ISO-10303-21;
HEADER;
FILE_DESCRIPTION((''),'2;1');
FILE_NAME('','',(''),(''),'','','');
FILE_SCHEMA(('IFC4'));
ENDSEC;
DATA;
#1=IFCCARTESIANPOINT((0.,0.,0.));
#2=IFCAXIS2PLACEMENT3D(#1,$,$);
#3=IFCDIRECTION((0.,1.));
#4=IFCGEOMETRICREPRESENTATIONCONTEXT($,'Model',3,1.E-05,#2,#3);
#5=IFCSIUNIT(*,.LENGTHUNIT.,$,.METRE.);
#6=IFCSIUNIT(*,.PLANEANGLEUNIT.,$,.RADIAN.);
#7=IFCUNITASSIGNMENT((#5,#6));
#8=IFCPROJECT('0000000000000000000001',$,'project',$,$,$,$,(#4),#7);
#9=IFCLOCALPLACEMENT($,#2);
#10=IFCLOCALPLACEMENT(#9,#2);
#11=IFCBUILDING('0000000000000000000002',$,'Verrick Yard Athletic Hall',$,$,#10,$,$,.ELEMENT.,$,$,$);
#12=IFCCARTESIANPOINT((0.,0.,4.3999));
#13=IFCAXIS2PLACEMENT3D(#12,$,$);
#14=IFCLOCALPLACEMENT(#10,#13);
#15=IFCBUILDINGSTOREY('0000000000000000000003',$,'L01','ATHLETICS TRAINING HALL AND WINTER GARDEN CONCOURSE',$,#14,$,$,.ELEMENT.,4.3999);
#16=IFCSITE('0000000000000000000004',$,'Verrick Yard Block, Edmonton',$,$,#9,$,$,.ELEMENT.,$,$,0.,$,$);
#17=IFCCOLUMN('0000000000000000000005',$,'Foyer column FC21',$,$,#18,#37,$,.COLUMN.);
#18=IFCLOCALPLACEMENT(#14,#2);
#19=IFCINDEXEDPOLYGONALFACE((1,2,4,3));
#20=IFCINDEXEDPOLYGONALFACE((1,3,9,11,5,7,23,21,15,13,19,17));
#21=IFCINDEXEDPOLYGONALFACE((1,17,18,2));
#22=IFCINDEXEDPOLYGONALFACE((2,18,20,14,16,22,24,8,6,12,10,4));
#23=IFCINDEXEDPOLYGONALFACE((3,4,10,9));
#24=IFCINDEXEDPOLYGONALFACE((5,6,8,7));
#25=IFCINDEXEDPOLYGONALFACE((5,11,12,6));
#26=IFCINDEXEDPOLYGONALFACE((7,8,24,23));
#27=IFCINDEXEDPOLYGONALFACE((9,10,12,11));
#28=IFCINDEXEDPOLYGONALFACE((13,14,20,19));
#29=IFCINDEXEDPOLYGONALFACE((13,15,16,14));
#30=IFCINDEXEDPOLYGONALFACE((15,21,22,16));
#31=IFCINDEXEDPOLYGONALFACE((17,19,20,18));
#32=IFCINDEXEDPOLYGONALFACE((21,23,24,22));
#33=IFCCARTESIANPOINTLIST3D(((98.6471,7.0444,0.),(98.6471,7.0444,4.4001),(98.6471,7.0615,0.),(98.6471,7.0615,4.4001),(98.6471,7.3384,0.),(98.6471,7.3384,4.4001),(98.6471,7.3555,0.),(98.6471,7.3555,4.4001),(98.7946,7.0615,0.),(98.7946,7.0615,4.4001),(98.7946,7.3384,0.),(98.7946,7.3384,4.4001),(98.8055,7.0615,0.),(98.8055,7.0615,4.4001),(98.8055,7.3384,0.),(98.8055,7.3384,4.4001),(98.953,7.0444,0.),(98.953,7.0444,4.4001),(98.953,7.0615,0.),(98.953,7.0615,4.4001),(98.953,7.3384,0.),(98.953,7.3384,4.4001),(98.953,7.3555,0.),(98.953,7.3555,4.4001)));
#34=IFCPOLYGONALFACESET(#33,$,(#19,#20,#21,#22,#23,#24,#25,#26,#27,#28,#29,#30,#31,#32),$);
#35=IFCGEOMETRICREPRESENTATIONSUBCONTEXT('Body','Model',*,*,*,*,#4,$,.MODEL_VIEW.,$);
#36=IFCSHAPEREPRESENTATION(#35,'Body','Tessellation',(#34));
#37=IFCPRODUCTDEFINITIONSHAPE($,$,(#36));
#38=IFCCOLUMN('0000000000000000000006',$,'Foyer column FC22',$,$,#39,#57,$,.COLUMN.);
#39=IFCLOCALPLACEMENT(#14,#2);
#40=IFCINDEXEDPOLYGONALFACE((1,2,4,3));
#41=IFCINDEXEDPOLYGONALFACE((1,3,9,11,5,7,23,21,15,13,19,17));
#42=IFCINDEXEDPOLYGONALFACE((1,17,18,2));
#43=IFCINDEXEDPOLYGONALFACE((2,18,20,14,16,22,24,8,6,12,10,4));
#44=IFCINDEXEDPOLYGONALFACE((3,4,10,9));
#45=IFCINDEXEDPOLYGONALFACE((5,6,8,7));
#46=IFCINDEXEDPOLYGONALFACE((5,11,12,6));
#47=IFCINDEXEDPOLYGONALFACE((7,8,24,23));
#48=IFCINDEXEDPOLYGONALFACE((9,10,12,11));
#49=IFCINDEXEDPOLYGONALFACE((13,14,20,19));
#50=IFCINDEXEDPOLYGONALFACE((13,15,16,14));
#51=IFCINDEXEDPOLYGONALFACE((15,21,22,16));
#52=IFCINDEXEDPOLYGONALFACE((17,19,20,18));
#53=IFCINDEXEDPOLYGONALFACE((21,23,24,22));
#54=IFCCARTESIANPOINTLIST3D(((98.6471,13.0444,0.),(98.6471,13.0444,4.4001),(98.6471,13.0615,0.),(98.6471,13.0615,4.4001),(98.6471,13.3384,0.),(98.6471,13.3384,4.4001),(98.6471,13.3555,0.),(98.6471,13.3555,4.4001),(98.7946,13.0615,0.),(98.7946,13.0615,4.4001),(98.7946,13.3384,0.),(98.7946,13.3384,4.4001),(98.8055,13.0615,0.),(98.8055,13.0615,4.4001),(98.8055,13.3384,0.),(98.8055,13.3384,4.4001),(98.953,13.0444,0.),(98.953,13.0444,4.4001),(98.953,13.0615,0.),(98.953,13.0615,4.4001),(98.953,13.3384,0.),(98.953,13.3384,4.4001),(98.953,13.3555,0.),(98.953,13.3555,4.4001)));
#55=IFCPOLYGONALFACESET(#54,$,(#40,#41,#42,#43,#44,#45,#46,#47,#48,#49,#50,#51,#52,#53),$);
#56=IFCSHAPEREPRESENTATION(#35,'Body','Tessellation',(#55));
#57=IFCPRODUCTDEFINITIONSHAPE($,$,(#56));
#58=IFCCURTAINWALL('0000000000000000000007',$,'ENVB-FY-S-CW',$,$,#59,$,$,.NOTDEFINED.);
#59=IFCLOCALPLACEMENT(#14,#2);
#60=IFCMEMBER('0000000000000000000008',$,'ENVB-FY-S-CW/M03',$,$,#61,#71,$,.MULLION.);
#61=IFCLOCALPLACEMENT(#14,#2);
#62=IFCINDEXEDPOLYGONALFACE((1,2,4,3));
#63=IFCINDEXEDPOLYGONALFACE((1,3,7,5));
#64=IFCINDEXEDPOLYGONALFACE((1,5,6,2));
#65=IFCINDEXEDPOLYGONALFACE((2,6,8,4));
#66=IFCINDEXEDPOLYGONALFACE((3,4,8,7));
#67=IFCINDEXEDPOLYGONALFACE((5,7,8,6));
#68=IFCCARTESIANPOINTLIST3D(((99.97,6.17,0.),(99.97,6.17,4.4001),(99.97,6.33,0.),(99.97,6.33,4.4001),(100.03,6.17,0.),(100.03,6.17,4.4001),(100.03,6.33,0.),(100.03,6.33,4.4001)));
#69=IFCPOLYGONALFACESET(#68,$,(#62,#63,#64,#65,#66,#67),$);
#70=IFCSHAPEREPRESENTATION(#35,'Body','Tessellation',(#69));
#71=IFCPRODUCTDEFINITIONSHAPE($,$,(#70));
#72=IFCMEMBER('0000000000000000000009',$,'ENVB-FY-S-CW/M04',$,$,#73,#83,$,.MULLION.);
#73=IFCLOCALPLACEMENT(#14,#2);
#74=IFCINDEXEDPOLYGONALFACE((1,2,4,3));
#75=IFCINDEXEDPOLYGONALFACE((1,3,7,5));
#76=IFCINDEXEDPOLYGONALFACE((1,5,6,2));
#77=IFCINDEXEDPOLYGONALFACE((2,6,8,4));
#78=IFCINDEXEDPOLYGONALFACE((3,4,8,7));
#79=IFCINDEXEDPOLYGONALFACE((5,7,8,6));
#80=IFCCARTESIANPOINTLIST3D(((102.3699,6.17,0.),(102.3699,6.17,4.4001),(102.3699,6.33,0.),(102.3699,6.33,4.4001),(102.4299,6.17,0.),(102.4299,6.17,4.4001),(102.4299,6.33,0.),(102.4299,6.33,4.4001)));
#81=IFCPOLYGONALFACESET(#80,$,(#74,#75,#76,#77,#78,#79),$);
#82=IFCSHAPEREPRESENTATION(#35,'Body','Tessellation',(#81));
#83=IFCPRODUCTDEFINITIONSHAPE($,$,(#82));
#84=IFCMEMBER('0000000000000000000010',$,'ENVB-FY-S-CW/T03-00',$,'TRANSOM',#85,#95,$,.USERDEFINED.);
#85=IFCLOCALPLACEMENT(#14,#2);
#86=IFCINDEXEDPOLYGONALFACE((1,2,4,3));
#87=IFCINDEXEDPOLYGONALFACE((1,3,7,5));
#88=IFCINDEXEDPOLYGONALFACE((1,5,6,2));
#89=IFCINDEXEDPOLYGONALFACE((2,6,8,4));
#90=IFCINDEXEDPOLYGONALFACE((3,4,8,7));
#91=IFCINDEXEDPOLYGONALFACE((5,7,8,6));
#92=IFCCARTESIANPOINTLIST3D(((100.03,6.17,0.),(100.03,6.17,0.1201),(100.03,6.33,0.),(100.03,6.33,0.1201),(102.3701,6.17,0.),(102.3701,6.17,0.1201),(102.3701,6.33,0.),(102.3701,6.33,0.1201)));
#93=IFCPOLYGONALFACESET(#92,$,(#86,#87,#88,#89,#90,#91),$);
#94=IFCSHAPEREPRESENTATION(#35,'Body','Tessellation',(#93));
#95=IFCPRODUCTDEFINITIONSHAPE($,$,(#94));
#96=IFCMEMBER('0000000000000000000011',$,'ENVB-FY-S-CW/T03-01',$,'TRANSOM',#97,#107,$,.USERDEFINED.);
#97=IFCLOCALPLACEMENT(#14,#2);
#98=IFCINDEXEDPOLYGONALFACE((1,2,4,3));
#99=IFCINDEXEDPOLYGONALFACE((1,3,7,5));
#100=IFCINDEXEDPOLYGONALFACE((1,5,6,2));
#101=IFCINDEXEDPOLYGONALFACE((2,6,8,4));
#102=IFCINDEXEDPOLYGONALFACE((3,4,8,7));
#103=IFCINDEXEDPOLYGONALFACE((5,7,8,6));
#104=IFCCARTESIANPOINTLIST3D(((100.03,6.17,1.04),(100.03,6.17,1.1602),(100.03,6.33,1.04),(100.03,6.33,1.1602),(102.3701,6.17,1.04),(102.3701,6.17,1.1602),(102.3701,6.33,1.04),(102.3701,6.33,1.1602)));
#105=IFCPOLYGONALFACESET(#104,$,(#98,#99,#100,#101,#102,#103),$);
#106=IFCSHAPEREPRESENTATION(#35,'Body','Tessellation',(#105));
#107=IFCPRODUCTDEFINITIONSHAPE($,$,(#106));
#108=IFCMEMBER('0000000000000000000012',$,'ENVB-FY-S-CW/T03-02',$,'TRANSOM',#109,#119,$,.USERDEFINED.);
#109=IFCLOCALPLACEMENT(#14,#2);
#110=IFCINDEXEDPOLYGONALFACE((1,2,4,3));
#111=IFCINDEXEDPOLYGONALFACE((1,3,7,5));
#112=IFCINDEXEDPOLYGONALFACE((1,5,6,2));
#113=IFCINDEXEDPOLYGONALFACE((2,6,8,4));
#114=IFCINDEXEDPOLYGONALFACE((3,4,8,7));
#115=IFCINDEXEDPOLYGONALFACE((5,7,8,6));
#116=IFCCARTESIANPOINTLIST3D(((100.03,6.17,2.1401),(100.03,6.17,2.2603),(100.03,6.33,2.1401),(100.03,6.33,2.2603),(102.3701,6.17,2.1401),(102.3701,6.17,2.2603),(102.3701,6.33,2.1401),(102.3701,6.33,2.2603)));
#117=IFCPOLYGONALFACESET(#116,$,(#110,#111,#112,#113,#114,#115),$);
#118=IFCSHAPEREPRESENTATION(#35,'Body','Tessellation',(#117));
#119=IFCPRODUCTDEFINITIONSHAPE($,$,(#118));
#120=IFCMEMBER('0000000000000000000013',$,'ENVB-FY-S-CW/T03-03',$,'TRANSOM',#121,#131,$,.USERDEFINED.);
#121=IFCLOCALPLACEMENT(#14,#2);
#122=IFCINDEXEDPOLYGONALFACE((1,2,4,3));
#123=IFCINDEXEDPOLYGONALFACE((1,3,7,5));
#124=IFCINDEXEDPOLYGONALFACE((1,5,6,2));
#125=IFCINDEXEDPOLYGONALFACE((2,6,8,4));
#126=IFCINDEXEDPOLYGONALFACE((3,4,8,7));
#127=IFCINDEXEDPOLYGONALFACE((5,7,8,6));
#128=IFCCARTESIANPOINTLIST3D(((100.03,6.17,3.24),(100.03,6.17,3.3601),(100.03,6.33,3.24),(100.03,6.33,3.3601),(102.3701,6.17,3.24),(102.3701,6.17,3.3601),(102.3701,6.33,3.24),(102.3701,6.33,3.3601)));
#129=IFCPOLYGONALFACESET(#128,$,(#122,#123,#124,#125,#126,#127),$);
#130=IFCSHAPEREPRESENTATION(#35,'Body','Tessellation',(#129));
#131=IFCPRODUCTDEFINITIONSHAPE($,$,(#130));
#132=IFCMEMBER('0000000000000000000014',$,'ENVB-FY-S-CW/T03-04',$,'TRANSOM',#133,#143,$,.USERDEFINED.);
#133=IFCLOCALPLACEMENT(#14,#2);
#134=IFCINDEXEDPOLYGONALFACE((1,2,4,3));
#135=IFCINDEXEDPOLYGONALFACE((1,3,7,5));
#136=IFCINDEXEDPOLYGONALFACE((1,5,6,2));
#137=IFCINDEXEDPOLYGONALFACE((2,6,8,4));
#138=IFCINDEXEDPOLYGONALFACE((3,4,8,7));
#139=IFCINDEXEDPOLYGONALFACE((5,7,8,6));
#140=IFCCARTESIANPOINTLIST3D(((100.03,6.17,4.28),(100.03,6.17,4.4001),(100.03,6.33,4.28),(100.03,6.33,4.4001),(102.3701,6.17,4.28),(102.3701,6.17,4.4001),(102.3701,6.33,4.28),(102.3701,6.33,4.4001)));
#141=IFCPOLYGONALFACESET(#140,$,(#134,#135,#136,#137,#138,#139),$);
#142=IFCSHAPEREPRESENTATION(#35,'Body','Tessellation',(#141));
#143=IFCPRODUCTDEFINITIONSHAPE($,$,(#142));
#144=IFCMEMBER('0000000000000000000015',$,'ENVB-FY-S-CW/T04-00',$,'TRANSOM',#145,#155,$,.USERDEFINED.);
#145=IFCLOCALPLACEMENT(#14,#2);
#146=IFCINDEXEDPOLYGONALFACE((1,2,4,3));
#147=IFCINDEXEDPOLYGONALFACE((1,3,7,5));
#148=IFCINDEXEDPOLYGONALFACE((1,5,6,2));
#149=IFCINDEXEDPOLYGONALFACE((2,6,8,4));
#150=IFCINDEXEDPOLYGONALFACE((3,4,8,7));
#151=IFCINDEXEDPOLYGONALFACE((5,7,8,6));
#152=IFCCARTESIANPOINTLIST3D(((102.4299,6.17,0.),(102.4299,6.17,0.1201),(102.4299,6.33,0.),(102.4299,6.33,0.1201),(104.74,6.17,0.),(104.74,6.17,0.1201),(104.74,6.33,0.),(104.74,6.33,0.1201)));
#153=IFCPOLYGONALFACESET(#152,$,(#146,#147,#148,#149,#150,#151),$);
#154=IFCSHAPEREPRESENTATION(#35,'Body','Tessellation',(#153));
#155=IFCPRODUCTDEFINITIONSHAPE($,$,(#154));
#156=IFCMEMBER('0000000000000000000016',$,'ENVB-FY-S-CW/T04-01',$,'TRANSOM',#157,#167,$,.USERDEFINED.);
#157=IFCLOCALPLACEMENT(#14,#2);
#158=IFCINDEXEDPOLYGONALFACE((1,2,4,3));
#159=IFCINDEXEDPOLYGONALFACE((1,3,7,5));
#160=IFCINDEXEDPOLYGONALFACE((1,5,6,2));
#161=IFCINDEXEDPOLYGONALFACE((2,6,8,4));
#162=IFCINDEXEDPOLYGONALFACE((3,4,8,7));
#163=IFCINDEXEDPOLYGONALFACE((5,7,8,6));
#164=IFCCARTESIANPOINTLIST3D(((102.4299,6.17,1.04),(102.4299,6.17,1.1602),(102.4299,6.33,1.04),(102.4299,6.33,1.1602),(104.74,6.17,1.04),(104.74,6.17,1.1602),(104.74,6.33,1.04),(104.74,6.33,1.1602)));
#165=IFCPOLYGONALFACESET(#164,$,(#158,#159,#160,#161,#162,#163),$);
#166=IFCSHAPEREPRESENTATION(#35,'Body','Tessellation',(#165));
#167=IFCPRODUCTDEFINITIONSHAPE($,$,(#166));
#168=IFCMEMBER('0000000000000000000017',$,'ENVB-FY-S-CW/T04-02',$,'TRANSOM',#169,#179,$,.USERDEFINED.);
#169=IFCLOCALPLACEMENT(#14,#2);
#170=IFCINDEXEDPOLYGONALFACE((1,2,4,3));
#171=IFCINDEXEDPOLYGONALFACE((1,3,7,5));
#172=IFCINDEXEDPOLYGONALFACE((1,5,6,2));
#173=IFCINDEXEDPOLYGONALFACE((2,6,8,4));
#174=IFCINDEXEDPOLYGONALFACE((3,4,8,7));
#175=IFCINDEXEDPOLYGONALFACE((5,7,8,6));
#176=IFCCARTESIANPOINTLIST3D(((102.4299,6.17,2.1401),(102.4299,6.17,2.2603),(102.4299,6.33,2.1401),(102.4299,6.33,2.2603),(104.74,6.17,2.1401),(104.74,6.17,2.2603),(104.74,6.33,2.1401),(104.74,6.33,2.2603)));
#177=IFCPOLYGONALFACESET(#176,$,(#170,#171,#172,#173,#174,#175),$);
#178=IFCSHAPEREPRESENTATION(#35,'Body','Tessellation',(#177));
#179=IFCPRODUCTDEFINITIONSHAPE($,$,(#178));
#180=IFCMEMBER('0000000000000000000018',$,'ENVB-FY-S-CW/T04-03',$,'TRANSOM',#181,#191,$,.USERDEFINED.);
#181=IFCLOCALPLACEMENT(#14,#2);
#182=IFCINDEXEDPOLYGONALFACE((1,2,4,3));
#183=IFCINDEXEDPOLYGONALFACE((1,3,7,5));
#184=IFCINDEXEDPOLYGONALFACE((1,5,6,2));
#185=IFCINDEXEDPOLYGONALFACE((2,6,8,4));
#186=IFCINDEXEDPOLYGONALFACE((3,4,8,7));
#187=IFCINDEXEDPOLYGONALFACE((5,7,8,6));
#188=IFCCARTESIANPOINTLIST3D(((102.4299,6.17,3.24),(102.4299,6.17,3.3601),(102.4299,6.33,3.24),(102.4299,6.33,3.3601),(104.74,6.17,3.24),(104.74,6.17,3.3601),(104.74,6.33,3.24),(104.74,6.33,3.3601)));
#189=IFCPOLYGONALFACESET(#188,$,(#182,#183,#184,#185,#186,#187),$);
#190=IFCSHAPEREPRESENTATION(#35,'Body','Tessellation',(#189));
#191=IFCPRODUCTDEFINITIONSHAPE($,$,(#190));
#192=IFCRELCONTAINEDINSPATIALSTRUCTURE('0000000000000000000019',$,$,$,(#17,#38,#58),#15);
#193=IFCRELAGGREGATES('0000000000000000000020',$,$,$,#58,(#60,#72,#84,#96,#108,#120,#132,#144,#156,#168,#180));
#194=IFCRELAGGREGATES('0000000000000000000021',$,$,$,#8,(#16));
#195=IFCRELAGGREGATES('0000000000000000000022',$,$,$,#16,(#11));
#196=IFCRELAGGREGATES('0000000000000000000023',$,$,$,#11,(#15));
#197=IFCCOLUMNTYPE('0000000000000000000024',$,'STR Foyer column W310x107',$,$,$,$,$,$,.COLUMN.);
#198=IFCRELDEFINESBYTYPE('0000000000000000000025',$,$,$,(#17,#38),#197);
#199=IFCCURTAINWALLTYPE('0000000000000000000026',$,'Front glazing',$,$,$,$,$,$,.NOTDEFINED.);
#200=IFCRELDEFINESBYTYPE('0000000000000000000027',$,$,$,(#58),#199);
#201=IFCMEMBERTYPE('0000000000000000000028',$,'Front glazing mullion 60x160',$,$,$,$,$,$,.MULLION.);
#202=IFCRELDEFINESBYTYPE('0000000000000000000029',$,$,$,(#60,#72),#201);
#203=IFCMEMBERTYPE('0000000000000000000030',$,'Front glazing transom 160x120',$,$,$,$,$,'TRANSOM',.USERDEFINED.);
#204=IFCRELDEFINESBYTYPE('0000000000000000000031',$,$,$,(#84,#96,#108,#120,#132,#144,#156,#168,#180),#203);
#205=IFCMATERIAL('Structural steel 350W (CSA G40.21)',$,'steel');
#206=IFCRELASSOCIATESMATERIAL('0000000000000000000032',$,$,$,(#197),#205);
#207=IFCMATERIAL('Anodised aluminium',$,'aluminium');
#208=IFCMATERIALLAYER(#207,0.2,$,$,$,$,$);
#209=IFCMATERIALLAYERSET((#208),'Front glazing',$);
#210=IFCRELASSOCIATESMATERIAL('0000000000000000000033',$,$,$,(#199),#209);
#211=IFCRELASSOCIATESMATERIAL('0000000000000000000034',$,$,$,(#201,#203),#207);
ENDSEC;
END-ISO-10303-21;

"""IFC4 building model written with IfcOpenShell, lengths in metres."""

from ifc_helpers import new_model, si_unit, direction, frame, origin, origin_2d, place, context, subcontext, project, spatial, rectangle, i_section, extrude, material, layer, layer_set, material_profile, profile_set, type_object, element, aggregate, save


model = new_model("IFC4")

# Units and contexts
model_context = context("Model", 3, precision=1e-05, world=origin(), true_north=direction((0.0, 1.0)))
body_context = subcontext(model_context, "Body", "Model", "MODEL_VIEW")
ifc_project = project(units=[si_unit("LENGTHUNIT", "METRE"), si_unit("PLANEANGLEUNIT", "RADIAN")], contexts=[model_context])

# Site, building, storey
site_placement = place(None, origin())
site = spatial("IfcSite", under=ifc_project, at=site_placement, Name="Verrick Yard Block, Edmonton", CompositionType="ELEMENT", RefElevation=0.0)
building_placement = place(site_placement, origin())
building = spatial("IfcBuilding", under=site, at=building_placement, Name="Verrick Yard Athletic Hall", CompositionType="ELEMENT")
storey_placement = place(building_placement, frame((0.0, 0.0, 4.3999)))
storey = spatial("IfcBuildingStorey", under=building, at=storey_placement, Name="L01", Description="ATHLETICS TRAINING HALL AND WINTER GARDEN CONCOURSE", CompositionType="ELEMENT", Elevation=4.3999)

# Columns
ifc_material_1 = material(Name="Structural steel 350W (CSA G40.21)", Category="steel")
ifc_material_profile_1 = material_profile(ifc_material_1, i_section(OverallWidth=0.3059, OverallDepth=0.311, WebThickness=0.011, FlangeThickness=0.0171, at=origin_2d()), Name="W310x107")
ifc_profile_set_1 = profile_set([ifc_material_profile_1], Name="Structural steel 350W (CSA G40.21)")
column_type = type_object("IfcColumnType", Name="STR Foyer column W310x107", PredefinedType="COLUMN", material=ifc_profile_set_1)
for number, where, z_axis, x_axis, name in (
    (1, (98.8, 7.2, 0.0), (0.0, 0.0, 1.0), (1.0, 0.0, 0.0), "Foyer column FC21"),
    (2, (98.8, 13.2, 0.0), (0.0, 0.0, 1.0), (1.0, 0.0, 0.0), "Foyer column FC22"),
):
    element("IfcColumn", number, at=place(storey_placement, frame(where, z_axis=z_axis, x_axis=x_axis)), inside=storey, type_object=column_type, Name=name, PredefinedType="COLUMN", context=body_context, shape_type="SweptSolid", body=[
        extrude(i_section(OverallWidth=0.3059, OverallDepth=0.311, WebThickness=0.011, FlangeThickness=0.0171, at=origin_2d()), origin(), (0.0, 0.0, 1.0), 4.4001),
    ])

# Curtain wall, members
ifc_material_2 = material(Name="Anodised aluminium", Category="aluminium")
ifc_layer_1 = layer(ifc_material_2, 0.2)
ifc_layer_set_1 = layer_set([ifc_layer_1], Name="Front glazing")
curtain_wall_type = type_object("IfcCurtainWallType", Name="Front glazing", PredefinedType="NOTDEFINED", material=ifc_layer_set_1)
curtain_wall_placement = place(storey_placement, origin())
curtain_wall = element("IfcCurtainWall", 3, at=curtain_wall_placement, inside=storey, type_object=curtain_wall_type, Name="ENVB-FY-S-CW", PredefinedType="NOTDEFINED")
ifc_material_profile_2 = material_profile(ifc_material_2, rectangle(XDim=0.1599, YDim=0.0601, at=origin_2d()), Name="CW mullion 60x160")
ifc_profile_set_2 = profile_set([ifc_material_profile_2], Name="Anodised aluminium")
member_type_1 = type_object("IfcMemberType", Name="Front glazing mullion 60x160", PredefinedType="MULLION", material=ifc_profile_set_2)
member_1_placement = place(storey_placement, frame((100.0, 6.25, 0.0), z_axis=(0.0, 0.0, 1.0), x_axis=(0.0, 1.0, 0.0)))
member_1 = element("IfcMember", 4, at=member_1_placement, type_object=member_type_1, Name="ENVB-FY-S-CW/M03", PredefinedType="MULLION", context=body_context, shape_type="SweptSolid", body=[
    extrude(rectangle(XDim=0.1599, YDim=0.0601, at=origin_2d()), origin(), (0.0, 0.0, 1.0), 4.4001),
])
member_2_placement = place(storey_placement, frame((102.3999, 6.25, 0.0), z_axis=(0.0, 0.0, 1.0), x_axis=(0.0, 1.0, 0.0)))
member_2 = element("IfcMember", 5, at=member_2_placement, type_object=member_type_1, Name="ENVB-FY-S-CW/M04", PredefinedType="MULLION", context=body_context, shape_type="SweptSolid", body=[
    extrude(rectangle(XDim=0.1599, YDim=0.0601, at=origin_2d()), origin(), (0.0, 0.0, 1.0), 4.4001),
])
ifc_material_profile_3 = material_profile(ifc_material_2, rectangle(XDim=0.1599, YDim=0.1201, at=origin_2d()), Name="CW transom 160x120")
ifc_profile_set_3 = profile_set([ifc_material_profile_3], Name="Anodised aluminium")
member_type_2 = type_object("IfcMemberType", Name="Front glazing transom 160x120", ElementType="TRANSOM", PredefinedType="USERDEFINED", material=ifc_profile_set_3)
member_3_placement = place(storey_placement, frame((100.03, 6.25, 0.0601), z_axis=(1.0, 0.0, 0.0), x_axis=(0.0, 1.0, 0.0)))
member_3 = element("IfcMember", 6, at=member_3_placement, type_object=member_type_2, Name="ENVB-FY-S-CW/T03-00", ObjectType="TRANSOM", PredefinedType="USERDEFINED", context=body_context, shape_type="SweptSolid", body=[
    extrude(rectangle(XDim=0.1599, YDim=0.1201, at=origin_2d()), origin(), (0.0, 0.0, 1.0), 2.3401),
])
member_4_placement = place(storey_placement, frame((100.03, 6.25, 1.1001), z_axis=(1.0, 0.0, 0.0), x_axis=(0.0, 1.0, 0.0)))
member_4 = element("IfcMember", 7, at=member_4_placement, type_object=member_type_2, Name="ENVB-FY-S-CW/T03-01", ObjectType="TRANSOM", PredefinedType="USERDEFINED", context=body_context, shape_type="SweptSolid", body=[
    extrude(rectangle(XDim=0.1599, YDim=0.1201, at=origin_2d()), origin(), (0.0, 0.0, 1.0), 2.3401),
])
member_5_placement = place(storey_placement, frame((100.03, 6.25, 2.2002), z_axis=(1.0, 0.0, 0.0), x_axis=(0.0, 1.0, 0.0)))
member_5 = element("IfcMember", 8, at=member_5_placement, type_object=member_type_2, Name="ENVB-FY-S-CW/T03-02", ObjectType="TRANSOM", PredefinedType="USERDEFINED", context=body_context, shape_type="SweptSolid", body=[
    extrude(rectangle(XDim=0.1599, YDim=0.1201, at=origin_2d()), origin(), (0.0, 0.0, 1.0), 2.3401),
])
member_6_placement = place(storey_placement, frame((100.03, 6.25, 3.3), z_axis=(1.0, 0.0, 0.0), x_axis=(0.0, 1.0, 0.0)))
member_6 = element("IfcMember", 9, at=member_6_placement, type_object=member_type_2, Name="ENVB-FY-S-CW/T03-03", ObjectType="TRANSOM", PredefinedType="USERDEFINED", context=body_context, shape_type="SweptSolid", body=[
    extrude(rectangle(XDim=0.1599, YDim=0.1201, at=origin_2d()), origin(), (0.0, 0.0, 1.0), 2.3401),
])
member_7_placement = place(storey_placement, frame((100.03, 6.25, 4.3401), z_axis=(1.0, 0.0, 0.0), x_axis=(0.0, 1.0, 0.0)))
member_7 = element("IfcMember", 10, at=member_7_placement, type_object=member_type_2, Name="ENVB-FY-S-CW/T03-04", ObjectType="TRANSOM", PredefinedType="USERDEFINED", context=body_context, shape_type="SweptSolid", body=[
    extrude(rectangle(XDim=0.1599, YDim=0.1201, at=origin_2d()), origin(), (0.0, 0.0, 1.0), 2.3401),
])
member_8_placement = place(storey_placement, frame((102.4299, 6.25, 0.0601), z_axis=(1.0, 0.0, 0.0), x_axis=(0.0, 1.0, 0.0)))
member_8 = element("IfcMember", 11, at=member_8_placement, type_object=member_type_2, Name="ENVB-FY-S-CW/T04-00", ObjectType="TRANSOM", PredefinedType="USERDEFINED", context=body_context, shape_type="SweptSolid", body=[
    extrude(rectangle(XDim=0.1599, YDim=0.1201, at=origin_2d()), origin(), (0.0, 0.0, 1.0), 2.3101),
])
member_9_placement = place(storey_placement, frame((102.4299, 6.25, 1.1001), z_axis=(1.0, 0.0, 0.0), x_axis=(0.0, 1.0, 0.0)))
member_9 = element("IfcMember", 12, at=member_9_placement, type_object=member_type_2, Name="ENVB-FY-S-CW/T04-01", ObjectType="TRANSOM", PredefinedType="USERDEFINED", context=body_context, shape_type="SweptSolid", body=[
    extrude(rectangle(XDim=0.1599, YDim=0.1201, at=origin_2d()), origin(), (0.0, 0.0, 1.0), 2.3101),
])
member_10_placement = place(storey_placement, frame((102.4299, 6.25, 2.2002), z_axis=(1.0, 0.0, 0.0), x_axis=(0.0, 1.0, 0.0)))
member_10 = element("IfcMember", 13, at=member_10_placement, type_object=member_type_2, Name="ENVB-FY-S-CW/T04-02", ObjectType="TRANSOM", PredefinedType="USERDEFINED", context=body_context, shape_type="SweptSolid", body=[
    extrude(rectangle(XDim=0.1599, YDim=0.1201, at=origin_2d()), origin(), (0.0, 0.0, 1.0), 2.3101),
])
member_11_placement = place(storey_placement, frame((102.4299, 6.25, 3.3), z_axis=(1.0, 0.0, 0.0), x_axis=(0.0, 1.0, 0.0)))
member_11 = element("IfcMember", 14, at=member_11_placement, type_object=member_type_2, Name="ENVB-FY-S-CW/T04-03", ObjectType="TRANSOM", PredefinedType="USERDEFINED", context=body_context, shape_type="SweptSolid", body=[
    extrude(rectangle(XDim=0.1599, YDim=0.1201, at=origin_2d()), origin(), (0.0, 0.0, 1.0), 2.3101),
])
aggregate(curtain_wall, [member_1, member_2, member_3, member_4, member_5, member_6, member_7, member_8, member_9, member_10, member_11])

save(model, "model.ifc")
